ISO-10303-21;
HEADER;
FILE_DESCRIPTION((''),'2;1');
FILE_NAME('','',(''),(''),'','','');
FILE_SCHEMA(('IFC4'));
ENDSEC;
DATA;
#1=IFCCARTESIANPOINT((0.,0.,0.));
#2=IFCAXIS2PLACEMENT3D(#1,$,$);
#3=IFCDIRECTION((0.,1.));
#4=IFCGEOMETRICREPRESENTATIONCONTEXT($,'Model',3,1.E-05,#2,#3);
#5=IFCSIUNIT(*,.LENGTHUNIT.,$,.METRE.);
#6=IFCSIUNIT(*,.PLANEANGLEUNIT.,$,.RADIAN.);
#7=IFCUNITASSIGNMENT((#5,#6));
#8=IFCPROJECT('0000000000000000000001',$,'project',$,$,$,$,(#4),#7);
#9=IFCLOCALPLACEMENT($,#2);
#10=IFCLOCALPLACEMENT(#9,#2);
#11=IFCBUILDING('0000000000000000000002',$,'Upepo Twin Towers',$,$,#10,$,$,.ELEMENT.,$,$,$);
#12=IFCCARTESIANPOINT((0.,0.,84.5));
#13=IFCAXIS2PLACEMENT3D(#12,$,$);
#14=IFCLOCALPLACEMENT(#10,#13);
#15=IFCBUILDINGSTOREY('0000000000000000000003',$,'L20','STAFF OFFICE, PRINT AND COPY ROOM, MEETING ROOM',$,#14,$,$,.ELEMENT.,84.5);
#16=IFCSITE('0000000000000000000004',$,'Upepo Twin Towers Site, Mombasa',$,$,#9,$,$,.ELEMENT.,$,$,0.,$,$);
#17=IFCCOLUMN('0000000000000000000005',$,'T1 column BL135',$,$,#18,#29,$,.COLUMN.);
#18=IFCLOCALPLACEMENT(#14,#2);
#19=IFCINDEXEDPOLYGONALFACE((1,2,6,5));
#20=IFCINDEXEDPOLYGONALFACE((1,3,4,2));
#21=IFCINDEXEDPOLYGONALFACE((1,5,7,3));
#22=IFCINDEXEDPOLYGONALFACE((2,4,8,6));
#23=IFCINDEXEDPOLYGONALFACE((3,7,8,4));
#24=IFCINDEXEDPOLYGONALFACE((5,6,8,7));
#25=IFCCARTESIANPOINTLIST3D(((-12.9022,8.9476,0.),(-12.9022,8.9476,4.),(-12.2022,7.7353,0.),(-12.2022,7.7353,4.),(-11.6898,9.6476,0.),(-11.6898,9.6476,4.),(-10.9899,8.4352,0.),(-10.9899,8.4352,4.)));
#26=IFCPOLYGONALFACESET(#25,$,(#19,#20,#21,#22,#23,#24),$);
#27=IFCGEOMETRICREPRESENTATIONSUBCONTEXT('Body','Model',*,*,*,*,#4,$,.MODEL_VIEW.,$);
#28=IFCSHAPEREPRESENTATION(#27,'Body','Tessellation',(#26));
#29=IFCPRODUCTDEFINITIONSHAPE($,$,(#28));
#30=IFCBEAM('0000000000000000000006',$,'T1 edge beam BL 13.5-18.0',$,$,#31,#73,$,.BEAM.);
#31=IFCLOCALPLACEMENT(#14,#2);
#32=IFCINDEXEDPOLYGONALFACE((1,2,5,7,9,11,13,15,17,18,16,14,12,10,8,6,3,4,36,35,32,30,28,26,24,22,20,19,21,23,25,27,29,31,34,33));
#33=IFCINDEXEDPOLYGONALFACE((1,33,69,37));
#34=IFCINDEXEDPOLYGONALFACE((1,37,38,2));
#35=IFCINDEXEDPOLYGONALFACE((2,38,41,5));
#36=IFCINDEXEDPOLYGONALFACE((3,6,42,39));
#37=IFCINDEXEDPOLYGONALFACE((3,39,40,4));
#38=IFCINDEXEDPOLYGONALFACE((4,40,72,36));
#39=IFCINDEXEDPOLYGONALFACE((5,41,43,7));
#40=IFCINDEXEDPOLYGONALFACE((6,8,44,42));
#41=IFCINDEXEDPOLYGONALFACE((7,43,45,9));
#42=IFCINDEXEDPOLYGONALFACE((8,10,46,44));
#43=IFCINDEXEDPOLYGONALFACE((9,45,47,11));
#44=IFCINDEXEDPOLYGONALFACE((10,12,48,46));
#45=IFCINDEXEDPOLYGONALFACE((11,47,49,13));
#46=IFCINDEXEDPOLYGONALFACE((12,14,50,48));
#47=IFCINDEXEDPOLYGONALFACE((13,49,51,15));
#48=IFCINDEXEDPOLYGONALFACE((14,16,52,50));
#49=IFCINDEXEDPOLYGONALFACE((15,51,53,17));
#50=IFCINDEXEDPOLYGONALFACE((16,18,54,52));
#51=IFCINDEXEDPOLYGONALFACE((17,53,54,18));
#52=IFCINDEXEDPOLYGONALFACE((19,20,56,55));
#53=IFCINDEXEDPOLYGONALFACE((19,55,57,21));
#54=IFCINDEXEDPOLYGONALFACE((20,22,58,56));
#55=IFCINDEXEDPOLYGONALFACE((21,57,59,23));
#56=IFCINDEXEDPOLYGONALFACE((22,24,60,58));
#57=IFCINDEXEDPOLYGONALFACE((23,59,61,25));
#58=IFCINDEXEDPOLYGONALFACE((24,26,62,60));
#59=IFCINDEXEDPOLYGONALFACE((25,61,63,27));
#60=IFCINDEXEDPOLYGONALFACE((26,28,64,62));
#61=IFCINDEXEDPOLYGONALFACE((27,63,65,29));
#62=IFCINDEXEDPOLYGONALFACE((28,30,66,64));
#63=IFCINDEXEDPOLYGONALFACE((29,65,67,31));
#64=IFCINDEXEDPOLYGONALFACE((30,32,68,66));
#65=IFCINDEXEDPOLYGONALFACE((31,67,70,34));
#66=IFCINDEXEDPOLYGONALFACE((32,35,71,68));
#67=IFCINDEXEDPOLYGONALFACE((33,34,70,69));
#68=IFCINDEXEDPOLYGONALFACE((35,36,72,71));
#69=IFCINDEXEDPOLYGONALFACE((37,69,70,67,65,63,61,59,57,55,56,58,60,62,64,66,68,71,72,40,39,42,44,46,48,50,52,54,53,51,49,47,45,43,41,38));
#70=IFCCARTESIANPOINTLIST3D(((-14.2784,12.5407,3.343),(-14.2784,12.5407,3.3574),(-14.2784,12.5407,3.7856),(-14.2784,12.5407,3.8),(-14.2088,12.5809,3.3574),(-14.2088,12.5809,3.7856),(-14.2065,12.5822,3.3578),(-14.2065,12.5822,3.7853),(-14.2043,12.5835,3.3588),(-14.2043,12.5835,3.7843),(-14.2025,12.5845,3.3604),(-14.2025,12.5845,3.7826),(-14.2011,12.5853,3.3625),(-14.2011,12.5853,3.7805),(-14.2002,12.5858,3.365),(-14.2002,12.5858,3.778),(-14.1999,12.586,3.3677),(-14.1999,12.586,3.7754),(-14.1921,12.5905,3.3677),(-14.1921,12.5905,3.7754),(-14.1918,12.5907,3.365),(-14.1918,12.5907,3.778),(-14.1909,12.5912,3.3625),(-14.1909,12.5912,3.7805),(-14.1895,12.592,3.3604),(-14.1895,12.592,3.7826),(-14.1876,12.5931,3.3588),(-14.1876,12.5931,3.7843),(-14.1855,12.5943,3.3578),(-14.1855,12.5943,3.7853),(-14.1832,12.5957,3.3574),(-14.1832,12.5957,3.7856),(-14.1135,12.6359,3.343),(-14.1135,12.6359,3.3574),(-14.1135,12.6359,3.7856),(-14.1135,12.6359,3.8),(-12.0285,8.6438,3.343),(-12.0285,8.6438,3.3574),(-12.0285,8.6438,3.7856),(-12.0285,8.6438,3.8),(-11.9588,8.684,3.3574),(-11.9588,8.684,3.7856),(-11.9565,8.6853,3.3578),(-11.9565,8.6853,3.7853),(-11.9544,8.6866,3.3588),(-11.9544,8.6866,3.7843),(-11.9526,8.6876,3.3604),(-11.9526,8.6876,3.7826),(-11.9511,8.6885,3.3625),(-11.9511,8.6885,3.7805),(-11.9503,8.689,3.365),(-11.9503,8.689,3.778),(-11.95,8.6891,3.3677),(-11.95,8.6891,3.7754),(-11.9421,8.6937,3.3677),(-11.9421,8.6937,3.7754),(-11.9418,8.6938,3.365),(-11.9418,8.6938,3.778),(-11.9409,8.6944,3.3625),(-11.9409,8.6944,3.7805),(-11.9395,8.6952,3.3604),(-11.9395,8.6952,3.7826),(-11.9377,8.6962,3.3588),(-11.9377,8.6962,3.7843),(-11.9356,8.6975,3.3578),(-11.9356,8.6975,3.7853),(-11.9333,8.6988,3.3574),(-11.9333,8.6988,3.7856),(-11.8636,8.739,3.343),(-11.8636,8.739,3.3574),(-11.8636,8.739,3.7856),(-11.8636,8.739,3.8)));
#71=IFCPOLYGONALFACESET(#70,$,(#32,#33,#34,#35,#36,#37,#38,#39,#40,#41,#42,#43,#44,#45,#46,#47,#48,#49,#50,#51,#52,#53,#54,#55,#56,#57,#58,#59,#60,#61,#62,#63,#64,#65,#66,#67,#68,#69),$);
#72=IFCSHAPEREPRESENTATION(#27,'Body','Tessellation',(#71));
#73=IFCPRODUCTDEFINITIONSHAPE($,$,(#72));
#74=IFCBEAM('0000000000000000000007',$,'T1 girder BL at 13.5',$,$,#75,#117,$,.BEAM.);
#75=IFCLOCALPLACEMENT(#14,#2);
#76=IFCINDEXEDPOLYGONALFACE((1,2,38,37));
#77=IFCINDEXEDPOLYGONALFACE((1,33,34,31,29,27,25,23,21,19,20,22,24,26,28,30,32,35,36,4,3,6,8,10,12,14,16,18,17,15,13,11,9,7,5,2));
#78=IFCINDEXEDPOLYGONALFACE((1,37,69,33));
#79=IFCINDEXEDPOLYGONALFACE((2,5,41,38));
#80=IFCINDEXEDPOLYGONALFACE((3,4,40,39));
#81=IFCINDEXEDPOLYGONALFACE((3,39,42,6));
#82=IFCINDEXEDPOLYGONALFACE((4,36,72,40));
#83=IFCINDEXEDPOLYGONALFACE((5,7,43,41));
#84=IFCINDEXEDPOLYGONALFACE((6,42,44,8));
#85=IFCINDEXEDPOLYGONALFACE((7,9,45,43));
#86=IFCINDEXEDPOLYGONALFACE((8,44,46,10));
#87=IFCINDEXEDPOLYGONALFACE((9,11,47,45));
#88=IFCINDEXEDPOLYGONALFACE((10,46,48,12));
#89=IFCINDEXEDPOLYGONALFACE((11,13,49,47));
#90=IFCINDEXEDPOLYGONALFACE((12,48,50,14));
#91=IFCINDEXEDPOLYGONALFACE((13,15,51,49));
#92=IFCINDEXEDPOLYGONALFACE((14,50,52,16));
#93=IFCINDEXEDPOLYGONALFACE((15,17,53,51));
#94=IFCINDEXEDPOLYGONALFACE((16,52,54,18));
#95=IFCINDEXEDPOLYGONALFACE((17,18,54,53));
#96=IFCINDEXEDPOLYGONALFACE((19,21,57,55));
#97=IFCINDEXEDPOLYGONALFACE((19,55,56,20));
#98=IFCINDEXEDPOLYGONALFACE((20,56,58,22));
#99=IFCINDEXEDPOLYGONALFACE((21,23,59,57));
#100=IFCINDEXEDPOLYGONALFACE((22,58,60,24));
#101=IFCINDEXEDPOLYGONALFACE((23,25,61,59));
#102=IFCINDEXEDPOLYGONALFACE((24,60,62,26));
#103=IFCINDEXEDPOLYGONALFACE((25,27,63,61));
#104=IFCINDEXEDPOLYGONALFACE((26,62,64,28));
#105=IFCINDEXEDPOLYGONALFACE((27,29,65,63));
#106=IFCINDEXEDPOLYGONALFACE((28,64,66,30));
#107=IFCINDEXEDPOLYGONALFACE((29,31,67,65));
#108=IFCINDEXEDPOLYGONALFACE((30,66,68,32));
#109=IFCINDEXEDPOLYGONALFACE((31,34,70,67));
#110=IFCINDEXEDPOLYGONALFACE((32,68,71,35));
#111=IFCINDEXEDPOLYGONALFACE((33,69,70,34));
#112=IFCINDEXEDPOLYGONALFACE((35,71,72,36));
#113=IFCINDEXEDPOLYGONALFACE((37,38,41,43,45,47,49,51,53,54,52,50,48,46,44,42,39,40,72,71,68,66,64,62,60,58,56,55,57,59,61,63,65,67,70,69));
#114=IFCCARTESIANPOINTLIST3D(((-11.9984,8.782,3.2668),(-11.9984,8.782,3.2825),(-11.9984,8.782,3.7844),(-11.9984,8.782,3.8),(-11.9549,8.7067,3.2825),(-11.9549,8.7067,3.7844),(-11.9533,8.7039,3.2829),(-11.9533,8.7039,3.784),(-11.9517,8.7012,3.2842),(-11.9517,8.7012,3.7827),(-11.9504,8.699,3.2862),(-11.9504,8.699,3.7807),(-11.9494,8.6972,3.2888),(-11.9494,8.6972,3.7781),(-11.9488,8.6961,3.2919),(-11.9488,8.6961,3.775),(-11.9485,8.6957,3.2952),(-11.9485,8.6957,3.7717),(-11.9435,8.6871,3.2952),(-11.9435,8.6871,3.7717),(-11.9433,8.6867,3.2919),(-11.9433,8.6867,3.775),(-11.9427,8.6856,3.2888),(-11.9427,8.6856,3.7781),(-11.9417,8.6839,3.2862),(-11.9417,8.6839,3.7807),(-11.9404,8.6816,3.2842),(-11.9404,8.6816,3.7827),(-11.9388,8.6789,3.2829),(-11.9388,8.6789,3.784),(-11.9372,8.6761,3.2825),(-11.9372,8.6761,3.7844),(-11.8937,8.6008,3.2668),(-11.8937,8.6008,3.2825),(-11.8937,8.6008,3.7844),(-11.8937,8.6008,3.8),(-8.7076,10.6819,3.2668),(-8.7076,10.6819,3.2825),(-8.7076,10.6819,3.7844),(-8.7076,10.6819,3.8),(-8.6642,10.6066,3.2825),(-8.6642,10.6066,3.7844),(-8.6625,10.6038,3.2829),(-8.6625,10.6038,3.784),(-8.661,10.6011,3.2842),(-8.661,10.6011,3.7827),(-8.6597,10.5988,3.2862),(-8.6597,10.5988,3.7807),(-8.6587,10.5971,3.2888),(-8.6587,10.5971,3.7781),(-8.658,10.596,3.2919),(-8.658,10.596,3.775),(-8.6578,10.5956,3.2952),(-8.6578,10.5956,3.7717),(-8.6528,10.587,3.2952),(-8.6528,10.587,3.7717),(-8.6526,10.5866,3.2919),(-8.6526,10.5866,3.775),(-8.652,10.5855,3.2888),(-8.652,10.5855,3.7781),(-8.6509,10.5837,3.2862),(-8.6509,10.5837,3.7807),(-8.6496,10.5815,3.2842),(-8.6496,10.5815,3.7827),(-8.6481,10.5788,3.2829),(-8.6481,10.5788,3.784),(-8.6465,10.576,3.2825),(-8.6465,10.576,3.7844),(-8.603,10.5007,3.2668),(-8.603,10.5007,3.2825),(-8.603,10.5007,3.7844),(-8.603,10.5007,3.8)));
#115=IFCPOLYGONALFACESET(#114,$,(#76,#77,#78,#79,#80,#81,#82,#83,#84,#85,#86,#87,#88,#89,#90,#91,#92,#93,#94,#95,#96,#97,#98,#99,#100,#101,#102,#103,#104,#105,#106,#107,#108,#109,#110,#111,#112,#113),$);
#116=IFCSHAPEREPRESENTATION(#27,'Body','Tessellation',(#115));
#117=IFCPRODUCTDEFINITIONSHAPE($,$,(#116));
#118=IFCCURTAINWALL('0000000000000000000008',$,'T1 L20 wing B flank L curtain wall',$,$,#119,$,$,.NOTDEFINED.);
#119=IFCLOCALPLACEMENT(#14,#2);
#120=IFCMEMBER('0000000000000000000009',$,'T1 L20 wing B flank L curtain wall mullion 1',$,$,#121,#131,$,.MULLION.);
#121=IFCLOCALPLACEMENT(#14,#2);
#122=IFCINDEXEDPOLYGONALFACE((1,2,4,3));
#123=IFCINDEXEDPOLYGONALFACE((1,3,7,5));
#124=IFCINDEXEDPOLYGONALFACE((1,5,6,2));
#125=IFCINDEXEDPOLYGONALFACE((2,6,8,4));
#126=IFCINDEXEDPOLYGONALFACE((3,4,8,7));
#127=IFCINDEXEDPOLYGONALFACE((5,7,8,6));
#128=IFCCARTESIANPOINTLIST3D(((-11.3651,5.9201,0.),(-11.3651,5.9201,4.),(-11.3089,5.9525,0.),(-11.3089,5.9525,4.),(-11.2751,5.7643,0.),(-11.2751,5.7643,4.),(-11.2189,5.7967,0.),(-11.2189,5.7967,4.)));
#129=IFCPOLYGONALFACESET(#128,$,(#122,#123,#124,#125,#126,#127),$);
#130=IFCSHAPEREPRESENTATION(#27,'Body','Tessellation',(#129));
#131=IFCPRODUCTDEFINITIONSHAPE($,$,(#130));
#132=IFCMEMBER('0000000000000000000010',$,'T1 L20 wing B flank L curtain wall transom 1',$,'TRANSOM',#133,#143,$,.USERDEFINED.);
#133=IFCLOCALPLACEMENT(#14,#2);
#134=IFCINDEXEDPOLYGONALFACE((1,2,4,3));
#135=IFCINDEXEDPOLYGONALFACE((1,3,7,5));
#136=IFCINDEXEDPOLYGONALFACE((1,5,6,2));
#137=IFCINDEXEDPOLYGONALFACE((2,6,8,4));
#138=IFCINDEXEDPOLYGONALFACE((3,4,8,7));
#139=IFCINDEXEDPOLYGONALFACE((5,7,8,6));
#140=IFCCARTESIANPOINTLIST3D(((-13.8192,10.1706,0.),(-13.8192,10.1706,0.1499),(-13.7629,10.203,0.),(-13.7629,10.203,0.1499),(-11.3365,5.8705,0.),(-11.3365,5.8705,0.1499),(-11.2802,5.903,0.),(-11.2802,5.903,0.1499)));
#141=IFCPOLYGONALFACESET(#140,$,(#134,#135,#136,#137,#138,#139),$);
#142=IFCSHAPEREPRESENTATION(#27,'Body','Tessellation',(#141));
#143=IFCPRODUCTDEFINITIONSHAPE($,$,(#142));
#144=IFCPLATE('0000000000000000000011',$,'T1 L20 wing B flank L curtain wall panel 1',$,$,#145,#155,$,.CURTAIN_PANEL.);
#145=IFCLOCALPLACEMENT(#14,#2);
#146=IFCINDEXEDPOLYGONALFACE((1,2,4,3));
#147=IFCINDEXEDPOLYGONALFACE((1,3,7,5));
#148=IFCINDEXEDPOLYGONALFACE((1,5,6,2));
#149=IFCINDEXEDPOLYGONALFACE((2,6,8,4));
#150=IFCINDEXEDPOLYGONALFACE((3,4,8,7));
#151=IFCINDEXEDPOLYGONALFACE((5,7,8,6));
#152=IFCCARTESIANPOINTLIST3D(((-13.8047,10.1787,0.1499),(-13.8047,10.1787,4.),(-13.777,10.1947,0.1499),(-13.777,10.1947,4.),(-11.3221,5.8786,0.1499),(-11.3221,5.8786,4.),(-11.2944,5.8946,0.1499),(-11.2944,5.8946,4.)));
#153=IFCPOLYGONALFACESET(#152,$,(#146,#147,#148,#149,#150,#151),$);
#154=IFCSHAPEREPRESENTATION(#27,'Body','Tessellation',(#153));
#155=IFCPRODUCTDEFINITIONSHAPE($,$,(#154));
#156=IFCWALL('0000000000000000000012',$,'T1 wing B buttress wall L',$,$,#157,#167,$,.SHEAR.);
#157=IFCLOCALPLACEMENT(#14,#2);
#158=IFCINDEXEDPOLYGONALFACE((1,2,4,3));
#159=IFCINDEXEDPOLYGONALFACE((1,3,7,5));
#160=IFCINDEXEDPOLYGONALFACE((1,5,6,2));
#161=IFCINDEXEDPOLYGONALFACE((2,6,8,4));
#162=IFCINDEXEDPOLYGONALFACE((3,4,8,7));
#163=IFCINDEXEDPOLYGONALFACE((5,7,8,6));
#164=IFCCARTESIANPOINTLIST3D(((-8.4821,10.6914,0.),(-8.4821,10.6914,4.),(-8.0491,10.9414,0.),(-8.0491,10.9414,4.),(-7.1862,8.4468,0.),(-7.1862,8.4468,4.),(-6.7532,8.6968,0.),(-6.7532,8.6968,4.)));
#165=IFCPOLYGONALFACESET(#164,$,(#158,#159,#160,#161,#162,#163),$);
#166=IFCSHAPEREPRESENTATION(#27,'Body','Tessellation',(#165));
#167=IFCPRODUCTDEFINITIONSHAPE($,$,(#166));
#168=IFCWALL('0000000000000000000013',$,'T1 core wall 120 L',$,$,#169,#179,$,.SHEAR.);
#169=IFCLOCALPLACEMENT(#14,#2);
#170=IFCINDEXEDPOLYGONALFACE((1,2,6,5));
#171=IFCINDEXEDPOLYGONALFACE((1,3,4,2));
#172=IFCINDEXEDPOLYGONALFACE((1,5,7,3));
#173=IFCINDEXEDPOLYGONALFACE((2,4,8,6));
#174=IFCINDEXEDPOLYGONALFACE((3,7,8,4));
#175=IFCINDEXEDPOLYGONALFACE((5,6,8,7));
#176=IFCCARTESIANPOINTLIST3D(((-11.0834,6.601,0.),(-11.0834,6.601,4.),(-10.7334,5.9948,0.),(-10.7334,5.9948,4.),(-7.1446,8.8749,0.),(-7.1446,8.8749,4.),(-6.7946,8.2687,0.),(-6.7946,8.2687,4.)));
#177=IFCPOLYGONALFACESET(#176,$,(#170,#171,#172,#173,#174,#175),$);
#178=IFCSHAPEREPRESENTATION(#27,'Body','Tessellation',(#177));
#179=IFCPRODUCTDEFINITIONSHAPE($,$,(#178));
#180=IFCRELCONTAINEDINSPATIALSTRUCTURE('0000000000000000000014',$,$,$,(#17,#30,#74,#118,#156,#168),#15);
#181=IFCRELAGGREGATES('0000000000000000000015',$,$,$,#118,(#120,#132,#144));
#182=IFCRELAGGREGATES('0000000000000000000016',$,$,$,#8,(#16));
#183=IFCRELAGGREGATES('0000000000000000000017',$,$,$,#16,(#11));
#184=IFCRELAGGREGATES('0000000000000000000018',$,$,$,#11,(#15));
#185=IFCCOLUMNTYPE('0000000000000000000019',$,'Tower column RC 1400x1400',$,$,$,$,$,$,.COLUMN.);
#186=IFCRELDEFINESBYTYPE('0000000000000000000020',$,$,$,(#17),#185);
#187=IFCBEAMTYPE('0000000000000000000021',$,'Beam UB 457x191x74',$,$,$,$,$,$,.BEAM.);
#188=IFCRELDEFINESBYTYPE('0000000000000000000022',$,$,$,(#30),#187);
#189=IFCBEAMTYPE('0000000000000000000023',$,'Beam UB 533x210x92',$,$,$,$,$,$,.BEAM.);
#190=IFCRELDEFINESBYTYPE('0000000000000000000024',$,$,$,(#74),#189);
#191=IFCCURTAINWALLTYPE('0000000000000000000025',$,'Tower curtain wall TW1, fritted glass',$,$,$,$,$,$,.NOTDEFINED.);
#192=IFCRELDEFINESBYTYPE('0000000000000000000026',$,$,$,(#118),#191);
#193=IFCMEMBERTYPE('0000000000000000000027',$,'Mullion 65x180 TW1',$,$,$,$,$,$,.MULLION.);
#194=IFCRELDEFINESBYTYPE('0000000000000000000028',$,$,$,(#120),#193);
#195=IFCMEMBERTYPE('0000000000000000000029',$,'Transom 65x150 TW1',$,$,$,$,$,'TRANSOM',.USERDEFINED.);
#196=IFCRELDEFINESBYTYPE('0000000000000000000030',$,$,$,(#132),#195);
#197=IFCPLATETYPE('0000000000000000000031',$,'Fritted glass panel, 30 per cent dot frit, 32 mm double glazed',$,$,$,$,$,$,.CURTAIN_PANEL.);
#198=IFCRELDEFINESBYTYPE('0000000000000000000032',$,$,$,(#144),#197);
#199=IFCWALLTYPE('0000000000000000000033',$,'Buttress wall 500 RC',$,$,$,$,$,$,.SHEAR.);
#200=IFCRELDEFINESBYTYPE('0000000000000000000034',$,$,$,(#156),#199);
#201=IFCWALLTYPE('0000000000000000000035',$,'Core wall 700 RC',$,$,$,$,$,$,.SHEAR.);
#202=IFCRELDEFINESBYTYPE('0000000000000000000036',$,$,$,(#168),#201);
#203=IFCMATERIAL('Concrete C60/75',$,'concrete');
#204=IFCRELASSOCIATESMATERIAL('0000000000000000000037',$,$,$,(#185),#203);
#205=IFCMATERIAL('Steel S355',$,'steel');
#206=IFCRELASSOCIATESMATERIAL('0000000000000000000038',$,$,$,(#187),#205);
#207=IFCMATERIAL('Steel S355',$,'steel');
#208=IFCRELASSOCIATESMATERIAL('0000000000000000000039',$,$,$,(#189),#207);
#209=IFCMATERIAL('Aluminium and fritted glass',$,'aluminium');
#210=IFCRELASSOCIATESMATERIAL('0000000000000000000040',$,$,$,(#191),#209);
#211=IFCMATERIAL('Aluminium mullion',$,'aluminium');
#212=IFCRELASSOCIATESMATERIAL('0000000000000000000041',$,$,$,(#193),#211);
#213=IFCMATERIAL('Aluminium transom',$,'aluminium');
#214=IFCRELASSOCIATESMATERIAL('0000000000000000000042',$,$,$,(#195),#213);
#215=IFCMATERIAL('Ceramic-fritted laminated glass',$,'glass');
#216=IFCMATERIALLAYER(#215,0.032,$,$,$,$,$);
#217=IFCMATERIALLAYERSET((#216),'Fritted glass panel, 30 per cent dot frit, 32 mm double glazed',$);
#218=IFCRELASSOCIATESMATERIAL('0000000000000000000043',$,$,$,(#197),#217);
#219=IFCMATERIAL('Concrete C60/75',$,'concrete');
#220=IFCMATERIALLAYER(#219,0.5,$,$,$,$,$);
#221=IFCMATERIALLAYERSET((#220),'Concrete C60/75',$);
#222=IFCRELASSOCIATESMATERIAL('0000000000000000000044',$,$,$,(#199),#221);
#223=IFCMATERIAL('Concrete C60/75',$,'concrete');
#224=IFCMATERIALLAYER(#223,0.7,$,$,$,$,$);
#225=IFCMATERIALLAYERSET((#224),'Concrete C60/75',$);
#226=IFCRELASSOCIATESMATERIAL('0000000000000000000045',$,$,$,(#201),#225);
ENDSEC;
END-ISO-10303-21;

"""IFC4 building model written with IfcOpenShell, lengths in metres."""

from ifc_helpers import new_model, si_unit, direction, frame, frame_2d, origin, origin_2d, place, context, subcontext, project, spatial, rectangle, i_section, extrude, material, layer, layer_set, material_profile, profile_set, type_object, element, aggregate, save


model = new_model("IFC4")

# Units and contexts
model_context = context("Model", 3, precision=1e-05, world=origin(), true_north=direction((0.0, 1.0)))
body_context = subcontext(model_context, "Body", "Model", "MODEL_VIEW")
ifc_project = project(units=[si_unit("LENGTHUNIT", "METRE"), si_unit("PLANEANGLEUNIT", "RADIAN")], contexts=[model_context])

# Site, building, storey
site_placement = place(None, origin())
site = spatial("IfcSite", under=ifc_project, at=site_placement, Name="Upepo Twin Towers Site, Mombasa", CompositionType="ELEMENT", RefElevation=0.0)
building_placement = place(site_placement, origin())
building = spatial("IfcBuilding", under=site, at=building_placement, Name="Upepo Twin Towers", CompositionType="ELEMENT")
storey_placement = place(building_placement, frame((0.0, 0.0, 84.5)))
storey = spatial("IfcBuildingStorey", under=building, at=storey_placement, Name="L20", Description="STAFF OFFICE, PRINT AND COPY ROOM, MEETING ROOM", CompositionType="ELEMENT", Elevation=84.5)

# Column
ifc_material_1 = material(Name="Concrete C60/75", Category="concrete")
ifc_material_profile_1 = material_profile(ifc_material_1, rectangle(XDim=1.3999, YDim=1.3999, at=origin_2d()), Name="RC 1400x1400")
ifc_profile_set_1 = profile_set([ifc_material_profile_1], Name="Concrete C60/75")
column_type = type_object("IfcColumnType", Name="Tower column RC 1400x1400", PredefinedType="COLUMN", material=ifc_profile_set_1)
column_placement = place(storey_placement, frame((-11.946, 8.6914, 0.0), z_axis=(0.0, 0.0, 1.0), x_axis=(0.866025, 0.5, 0.0)))
element("IfcColumn", 1, at=column_placement, inside=storey, type_object=column_type, Name="T1 column BL135", PredefinedType="COLUMN", context=body_context, shape_type="SweptSolid", body=[
    extrude(rectangle(XDim=1.3999, YDim=1.3999, at=origin_2d()), origin(), (0.0, 0.0, 1.0), 4.0),
])

# Beams
ifc_material_2 = material(Name="Steel S355", Category="steel")
ifc_material_profile_2 = material_profile(ifc_material_2, i_section(OverallWidth=0.1904, OverallDepth=0.457, WebThickness=0.009, FlangeThickness=0.0144, FilletRadius=0.0103, at=origin_2d()), Name="UB 457x191x74")
ifc_profile_set_2 = profile_set([ifc_material_profile_2], Name="Steel S355")
beam_type_1 = type_object("IfcBeamType", Name="Beam UB 457x191x74", PredefinedType="BEAM", material=ifc_profile_set_2)
beam_1_placement = place(storey_placement, frame((-11.946, 8.6914, 3.5715), z_axis=(-0.500014, 0.866018, 0.0), x_axis=(-0.866018, -0.500014, 0.0)))
element("IfcBeam", 2, at=beam_1_placement, inside=storey, type_object=beam_type_1, Name="T1 edge beam BL 13.5-18.0", PredefinedType="BEAM", context=body_context, shape_type="SweptSolid", body=[
    extrude(i_section(OverallWidth=0.1904, OverallDepth=0.457, WebThickness=0.009, FlangeThickness=0.0144, FilletRadius=0.0103, at=origin_2d()), origin(), (0.0, 0.0, 1.0), 4.4998),
])
ifc_material_3 = material(Name="Steel S355", Category="steel")
ifc_material_profile_3 = material_profile(ifc_material_3, i_section(OverallWidth=0.2092, OverallDepth=0.5332, WebThickness=0.01, FlangeThickness=0.0156, FilletRadius=0.0127, at=origin_2d()), Name="UB 533x210x92")
ifc_profile_set_3 = profile_set([ifc_material_profile_3], Name="Steel S355")
beam_type_2 = type_object("IfcBeamType", Name="Beam UB 533x210x92", PredefinedType="BEAM", material=ifc_profile_set_3)
beam_2_placement = place(storey_placement, frame((-11.946, 8.6914, 3.5334), z_axis=(0.866028, 0.499995, 0.0), x_axis=(-0.499995, 0.866028, 0.0)))
element("IfcBeam", 3, at=beam_2_placement, inside=storey, type_object=beam_type_2, Name="T1 girder BL at 13.5", PredefinedType="BEAM", context=body_context, shape_type="SweptSolid", body=[
    extrude(i_section(OverallWidth=0.2092, OverallDepth=0.5332, WebThickness=0.01, FlangeThickness=0.0156, FilletRadius=0.0127, at=origin_2d()), origin(), (0.0, 0.0, 1.0), 3.7998),
])

# Curtain wall, members, plate
ifc_material_4 = material(Name="Aluminium and fritted glass", Category="aluminium")
curtain_wall_type = type_object("IfcCurtainWallType", Name="Tower curtain wall TW1, fritted glass", PredefinedType="NOTDEFINED", material=ifc_material_4)
curtain_wall_placement = place(storey_placement, origin())
curtain_wall = element("IfcCurtainWall", 4, at=curtain_wall_placement, inside=storey, type_object=curtain_wall_type, Name="T1 L20 wing B flank L curtain wall", PredefinedType="NOTDEFINED")
ifc_material_5 = material(Name="Aluminium mullion", Category="aluminium")
ifc_material_profile_4 = material_profile(ifc_material_5, rectangle(XDim=0.0649, YDim=0.1799, at=origin_2d()), Name="MULLION 65x180")
ifc_profile_set_4 = profile_set([ifc_material_profile_4], Name="Aluminium mullion")
member_type_1 = type_object("IfcMemberType", Name="Mullion 65x180 TW1", PredefinedType="MULLION", material=ifc_profile_set_4)
member_1_placement = place(storey_placement, frame((-11.292, 5.8584, 0.0), z_axis=(0.0, 0.0, 1.0), x_axis=(-0.866025, -0.5, 0.0)))
member_1 = element("IfcMember", 5, at=member_1_placement, type_object=member_type_1, Name="T1 L20 wing B flank L curtain wall mullion 1", PredefinedType="MULLION", context=body_context, shape_type="SweptSolid", body=[
    extrude(rectangle(XDim=0.0649, YDim=0.1799, at=origin_2d()), origin(), (0.0, 0.0, 1.0), 4.0),
])
ifc_material_6 = material(Name="Aluminium transom", Category="aluminium")
ifc_material_profile_5 = material_profile(ifc_material_6, rectangle(XDim=0.0649, YDim=0.1499, at=origin_2d()), Name="TRANSOM 65x150")
ifc_profile_set_5 = profile_set([ifc_material_profile_5], Name="Aluminium transom")
member_type_2 = type_object("IfcMemberType", Name="Transom 65x150 TW1", ElementType="TRANSOM", PredefinedType="USERDEFINED", material=ifc_profile_set_5)
member_2_placement = place(storey_placement, frame((-11.3083, 5.8867, 0.075), z_axis=(-0.500005, 0.866023, 0.0), x_axis=(-0.866023, -0.500005, 0.0)))
member_2 = element("IfcMember", 6, at=member_2_placement, type_object=member_type_2, Name="T1 L20 wing B flank L curtain wall transom 1", ObjectType="TRANSOM", PredefinedType="USERDEFINED", context=body_context, shape_type="SweptSolid", body=[
    extrude(rectangle(XDim=0.0649, YDim=0.1499, at=origin_2d()), origin(), (0.0, 0.0, 1.0), 4.9653),
])
ifc_material_7 = material(Name="Ceramic-fritted laminated glass", Category="glass")
ifc_layer_1 = layer(ifc_material_7, 0.032)
ifc_layer_set_1 = layer_set([ifc_layer_1], Name="Fritted glass panel, 30 per cent dot frit, 32 mm double glazed")
plate_type = type_object("IfcPlateType", Name="Fritted glass panel, 30 per cent dot frit, 32 mm double glazed", PredefinedType="CURTAIN_PANEL", material=ifc_layer_set_1)
plate_placement = place(storey_placement, frame((-12.5496, 8.0366, 0.1499), z_axis=(0.0, 0.0, 1.0), x_axis=(-0.5, 0.866025, 0.0)))
plate = element("IfcPlate", 7, at=plate_placement, type_object=plate_type, Name="T1 L20 wing B flank L curtain wall panel 1", PredefinedType="CURTAIN_PANEL", context=body_context, shape_type="SweptSolid", body=[
    extrude(rectangle(XDim=4.9653, YDim=0.032, at=origin_2d()), origin(), (0.0, 0.0, 1.0), 3.8501),
])
aggregate(curtain_wall, [member_1, member_2, plate])

# Walls
ifc_material_8 = material(Name="Concrete C60/75", Category="concrete")
ifc_layer_2 = layer(ifc_material_8, 0.5)
ifc_layer_set_2 = layer_set([ifc_layer_2], Name="Concrete C60/75")
wall_type_1 = type_object("IfcWallType", Name="Buttress wall 500 RC", PredefinedType="SHEAR", material=ifc_layer_set_2)
wall_1_placement = place(storey_placement, frame((-6.9697, 8.5718, 0.0), z_axis=(0.0, 0.0, 1.0), x_axis=(-0.499989, 0.866032, 0.0)))
element("IfcWall", 8, at=wall_1_placement, inside=storey, type_object=wall_type_1, Name="T1 wing B buttress wall L", PredefinedType="SHEAR", context=body_context, shape_type="SweptSolid", body=[
    extrude(rectangle(XDim=2.5918, YDim=0.5, at=frame_2d((1.2959, 0.0))), origin(), (0.0, 0.0, 1.0), 4.0),
])
ifc_material_9 = material(Name="Concrete C60/75", Category="concrete")
ifc_layer_3 = layer(ifc_material_9, 0.7)
ifc_layer_set_3 = layer_set([ifc_layer_3], Name="Concrete C60/75")
wall_type_2 = type_object("IfcWallType", Name="Core wall 700 RC", PredefinedType="SHEAR", material=ifc_layer_set_3)
wall_2_placement = place(storey_placement, frame((-6.9697, 8.5718, 0.0), z_axis=(0.0, 0.0, 1.0), x_axis=(-0.866035, -0.499984, 0.0)))
element("IfcWall", 9, at=wall_2_placement, inside=storey, type_object=wall_type_2, Name="T1 core wall 120 L", PredefinedType="SHEAR", context=body_context, shape_type="SweptSolid", body=[
    extrude(rectangle(XDim=4.5481, YDim=0.7, at=frame_2d((2.2739, 0.0))), origin(), (0.0, 0.0, 1.0), 4.0),
])

save(model, "model.ifc")
